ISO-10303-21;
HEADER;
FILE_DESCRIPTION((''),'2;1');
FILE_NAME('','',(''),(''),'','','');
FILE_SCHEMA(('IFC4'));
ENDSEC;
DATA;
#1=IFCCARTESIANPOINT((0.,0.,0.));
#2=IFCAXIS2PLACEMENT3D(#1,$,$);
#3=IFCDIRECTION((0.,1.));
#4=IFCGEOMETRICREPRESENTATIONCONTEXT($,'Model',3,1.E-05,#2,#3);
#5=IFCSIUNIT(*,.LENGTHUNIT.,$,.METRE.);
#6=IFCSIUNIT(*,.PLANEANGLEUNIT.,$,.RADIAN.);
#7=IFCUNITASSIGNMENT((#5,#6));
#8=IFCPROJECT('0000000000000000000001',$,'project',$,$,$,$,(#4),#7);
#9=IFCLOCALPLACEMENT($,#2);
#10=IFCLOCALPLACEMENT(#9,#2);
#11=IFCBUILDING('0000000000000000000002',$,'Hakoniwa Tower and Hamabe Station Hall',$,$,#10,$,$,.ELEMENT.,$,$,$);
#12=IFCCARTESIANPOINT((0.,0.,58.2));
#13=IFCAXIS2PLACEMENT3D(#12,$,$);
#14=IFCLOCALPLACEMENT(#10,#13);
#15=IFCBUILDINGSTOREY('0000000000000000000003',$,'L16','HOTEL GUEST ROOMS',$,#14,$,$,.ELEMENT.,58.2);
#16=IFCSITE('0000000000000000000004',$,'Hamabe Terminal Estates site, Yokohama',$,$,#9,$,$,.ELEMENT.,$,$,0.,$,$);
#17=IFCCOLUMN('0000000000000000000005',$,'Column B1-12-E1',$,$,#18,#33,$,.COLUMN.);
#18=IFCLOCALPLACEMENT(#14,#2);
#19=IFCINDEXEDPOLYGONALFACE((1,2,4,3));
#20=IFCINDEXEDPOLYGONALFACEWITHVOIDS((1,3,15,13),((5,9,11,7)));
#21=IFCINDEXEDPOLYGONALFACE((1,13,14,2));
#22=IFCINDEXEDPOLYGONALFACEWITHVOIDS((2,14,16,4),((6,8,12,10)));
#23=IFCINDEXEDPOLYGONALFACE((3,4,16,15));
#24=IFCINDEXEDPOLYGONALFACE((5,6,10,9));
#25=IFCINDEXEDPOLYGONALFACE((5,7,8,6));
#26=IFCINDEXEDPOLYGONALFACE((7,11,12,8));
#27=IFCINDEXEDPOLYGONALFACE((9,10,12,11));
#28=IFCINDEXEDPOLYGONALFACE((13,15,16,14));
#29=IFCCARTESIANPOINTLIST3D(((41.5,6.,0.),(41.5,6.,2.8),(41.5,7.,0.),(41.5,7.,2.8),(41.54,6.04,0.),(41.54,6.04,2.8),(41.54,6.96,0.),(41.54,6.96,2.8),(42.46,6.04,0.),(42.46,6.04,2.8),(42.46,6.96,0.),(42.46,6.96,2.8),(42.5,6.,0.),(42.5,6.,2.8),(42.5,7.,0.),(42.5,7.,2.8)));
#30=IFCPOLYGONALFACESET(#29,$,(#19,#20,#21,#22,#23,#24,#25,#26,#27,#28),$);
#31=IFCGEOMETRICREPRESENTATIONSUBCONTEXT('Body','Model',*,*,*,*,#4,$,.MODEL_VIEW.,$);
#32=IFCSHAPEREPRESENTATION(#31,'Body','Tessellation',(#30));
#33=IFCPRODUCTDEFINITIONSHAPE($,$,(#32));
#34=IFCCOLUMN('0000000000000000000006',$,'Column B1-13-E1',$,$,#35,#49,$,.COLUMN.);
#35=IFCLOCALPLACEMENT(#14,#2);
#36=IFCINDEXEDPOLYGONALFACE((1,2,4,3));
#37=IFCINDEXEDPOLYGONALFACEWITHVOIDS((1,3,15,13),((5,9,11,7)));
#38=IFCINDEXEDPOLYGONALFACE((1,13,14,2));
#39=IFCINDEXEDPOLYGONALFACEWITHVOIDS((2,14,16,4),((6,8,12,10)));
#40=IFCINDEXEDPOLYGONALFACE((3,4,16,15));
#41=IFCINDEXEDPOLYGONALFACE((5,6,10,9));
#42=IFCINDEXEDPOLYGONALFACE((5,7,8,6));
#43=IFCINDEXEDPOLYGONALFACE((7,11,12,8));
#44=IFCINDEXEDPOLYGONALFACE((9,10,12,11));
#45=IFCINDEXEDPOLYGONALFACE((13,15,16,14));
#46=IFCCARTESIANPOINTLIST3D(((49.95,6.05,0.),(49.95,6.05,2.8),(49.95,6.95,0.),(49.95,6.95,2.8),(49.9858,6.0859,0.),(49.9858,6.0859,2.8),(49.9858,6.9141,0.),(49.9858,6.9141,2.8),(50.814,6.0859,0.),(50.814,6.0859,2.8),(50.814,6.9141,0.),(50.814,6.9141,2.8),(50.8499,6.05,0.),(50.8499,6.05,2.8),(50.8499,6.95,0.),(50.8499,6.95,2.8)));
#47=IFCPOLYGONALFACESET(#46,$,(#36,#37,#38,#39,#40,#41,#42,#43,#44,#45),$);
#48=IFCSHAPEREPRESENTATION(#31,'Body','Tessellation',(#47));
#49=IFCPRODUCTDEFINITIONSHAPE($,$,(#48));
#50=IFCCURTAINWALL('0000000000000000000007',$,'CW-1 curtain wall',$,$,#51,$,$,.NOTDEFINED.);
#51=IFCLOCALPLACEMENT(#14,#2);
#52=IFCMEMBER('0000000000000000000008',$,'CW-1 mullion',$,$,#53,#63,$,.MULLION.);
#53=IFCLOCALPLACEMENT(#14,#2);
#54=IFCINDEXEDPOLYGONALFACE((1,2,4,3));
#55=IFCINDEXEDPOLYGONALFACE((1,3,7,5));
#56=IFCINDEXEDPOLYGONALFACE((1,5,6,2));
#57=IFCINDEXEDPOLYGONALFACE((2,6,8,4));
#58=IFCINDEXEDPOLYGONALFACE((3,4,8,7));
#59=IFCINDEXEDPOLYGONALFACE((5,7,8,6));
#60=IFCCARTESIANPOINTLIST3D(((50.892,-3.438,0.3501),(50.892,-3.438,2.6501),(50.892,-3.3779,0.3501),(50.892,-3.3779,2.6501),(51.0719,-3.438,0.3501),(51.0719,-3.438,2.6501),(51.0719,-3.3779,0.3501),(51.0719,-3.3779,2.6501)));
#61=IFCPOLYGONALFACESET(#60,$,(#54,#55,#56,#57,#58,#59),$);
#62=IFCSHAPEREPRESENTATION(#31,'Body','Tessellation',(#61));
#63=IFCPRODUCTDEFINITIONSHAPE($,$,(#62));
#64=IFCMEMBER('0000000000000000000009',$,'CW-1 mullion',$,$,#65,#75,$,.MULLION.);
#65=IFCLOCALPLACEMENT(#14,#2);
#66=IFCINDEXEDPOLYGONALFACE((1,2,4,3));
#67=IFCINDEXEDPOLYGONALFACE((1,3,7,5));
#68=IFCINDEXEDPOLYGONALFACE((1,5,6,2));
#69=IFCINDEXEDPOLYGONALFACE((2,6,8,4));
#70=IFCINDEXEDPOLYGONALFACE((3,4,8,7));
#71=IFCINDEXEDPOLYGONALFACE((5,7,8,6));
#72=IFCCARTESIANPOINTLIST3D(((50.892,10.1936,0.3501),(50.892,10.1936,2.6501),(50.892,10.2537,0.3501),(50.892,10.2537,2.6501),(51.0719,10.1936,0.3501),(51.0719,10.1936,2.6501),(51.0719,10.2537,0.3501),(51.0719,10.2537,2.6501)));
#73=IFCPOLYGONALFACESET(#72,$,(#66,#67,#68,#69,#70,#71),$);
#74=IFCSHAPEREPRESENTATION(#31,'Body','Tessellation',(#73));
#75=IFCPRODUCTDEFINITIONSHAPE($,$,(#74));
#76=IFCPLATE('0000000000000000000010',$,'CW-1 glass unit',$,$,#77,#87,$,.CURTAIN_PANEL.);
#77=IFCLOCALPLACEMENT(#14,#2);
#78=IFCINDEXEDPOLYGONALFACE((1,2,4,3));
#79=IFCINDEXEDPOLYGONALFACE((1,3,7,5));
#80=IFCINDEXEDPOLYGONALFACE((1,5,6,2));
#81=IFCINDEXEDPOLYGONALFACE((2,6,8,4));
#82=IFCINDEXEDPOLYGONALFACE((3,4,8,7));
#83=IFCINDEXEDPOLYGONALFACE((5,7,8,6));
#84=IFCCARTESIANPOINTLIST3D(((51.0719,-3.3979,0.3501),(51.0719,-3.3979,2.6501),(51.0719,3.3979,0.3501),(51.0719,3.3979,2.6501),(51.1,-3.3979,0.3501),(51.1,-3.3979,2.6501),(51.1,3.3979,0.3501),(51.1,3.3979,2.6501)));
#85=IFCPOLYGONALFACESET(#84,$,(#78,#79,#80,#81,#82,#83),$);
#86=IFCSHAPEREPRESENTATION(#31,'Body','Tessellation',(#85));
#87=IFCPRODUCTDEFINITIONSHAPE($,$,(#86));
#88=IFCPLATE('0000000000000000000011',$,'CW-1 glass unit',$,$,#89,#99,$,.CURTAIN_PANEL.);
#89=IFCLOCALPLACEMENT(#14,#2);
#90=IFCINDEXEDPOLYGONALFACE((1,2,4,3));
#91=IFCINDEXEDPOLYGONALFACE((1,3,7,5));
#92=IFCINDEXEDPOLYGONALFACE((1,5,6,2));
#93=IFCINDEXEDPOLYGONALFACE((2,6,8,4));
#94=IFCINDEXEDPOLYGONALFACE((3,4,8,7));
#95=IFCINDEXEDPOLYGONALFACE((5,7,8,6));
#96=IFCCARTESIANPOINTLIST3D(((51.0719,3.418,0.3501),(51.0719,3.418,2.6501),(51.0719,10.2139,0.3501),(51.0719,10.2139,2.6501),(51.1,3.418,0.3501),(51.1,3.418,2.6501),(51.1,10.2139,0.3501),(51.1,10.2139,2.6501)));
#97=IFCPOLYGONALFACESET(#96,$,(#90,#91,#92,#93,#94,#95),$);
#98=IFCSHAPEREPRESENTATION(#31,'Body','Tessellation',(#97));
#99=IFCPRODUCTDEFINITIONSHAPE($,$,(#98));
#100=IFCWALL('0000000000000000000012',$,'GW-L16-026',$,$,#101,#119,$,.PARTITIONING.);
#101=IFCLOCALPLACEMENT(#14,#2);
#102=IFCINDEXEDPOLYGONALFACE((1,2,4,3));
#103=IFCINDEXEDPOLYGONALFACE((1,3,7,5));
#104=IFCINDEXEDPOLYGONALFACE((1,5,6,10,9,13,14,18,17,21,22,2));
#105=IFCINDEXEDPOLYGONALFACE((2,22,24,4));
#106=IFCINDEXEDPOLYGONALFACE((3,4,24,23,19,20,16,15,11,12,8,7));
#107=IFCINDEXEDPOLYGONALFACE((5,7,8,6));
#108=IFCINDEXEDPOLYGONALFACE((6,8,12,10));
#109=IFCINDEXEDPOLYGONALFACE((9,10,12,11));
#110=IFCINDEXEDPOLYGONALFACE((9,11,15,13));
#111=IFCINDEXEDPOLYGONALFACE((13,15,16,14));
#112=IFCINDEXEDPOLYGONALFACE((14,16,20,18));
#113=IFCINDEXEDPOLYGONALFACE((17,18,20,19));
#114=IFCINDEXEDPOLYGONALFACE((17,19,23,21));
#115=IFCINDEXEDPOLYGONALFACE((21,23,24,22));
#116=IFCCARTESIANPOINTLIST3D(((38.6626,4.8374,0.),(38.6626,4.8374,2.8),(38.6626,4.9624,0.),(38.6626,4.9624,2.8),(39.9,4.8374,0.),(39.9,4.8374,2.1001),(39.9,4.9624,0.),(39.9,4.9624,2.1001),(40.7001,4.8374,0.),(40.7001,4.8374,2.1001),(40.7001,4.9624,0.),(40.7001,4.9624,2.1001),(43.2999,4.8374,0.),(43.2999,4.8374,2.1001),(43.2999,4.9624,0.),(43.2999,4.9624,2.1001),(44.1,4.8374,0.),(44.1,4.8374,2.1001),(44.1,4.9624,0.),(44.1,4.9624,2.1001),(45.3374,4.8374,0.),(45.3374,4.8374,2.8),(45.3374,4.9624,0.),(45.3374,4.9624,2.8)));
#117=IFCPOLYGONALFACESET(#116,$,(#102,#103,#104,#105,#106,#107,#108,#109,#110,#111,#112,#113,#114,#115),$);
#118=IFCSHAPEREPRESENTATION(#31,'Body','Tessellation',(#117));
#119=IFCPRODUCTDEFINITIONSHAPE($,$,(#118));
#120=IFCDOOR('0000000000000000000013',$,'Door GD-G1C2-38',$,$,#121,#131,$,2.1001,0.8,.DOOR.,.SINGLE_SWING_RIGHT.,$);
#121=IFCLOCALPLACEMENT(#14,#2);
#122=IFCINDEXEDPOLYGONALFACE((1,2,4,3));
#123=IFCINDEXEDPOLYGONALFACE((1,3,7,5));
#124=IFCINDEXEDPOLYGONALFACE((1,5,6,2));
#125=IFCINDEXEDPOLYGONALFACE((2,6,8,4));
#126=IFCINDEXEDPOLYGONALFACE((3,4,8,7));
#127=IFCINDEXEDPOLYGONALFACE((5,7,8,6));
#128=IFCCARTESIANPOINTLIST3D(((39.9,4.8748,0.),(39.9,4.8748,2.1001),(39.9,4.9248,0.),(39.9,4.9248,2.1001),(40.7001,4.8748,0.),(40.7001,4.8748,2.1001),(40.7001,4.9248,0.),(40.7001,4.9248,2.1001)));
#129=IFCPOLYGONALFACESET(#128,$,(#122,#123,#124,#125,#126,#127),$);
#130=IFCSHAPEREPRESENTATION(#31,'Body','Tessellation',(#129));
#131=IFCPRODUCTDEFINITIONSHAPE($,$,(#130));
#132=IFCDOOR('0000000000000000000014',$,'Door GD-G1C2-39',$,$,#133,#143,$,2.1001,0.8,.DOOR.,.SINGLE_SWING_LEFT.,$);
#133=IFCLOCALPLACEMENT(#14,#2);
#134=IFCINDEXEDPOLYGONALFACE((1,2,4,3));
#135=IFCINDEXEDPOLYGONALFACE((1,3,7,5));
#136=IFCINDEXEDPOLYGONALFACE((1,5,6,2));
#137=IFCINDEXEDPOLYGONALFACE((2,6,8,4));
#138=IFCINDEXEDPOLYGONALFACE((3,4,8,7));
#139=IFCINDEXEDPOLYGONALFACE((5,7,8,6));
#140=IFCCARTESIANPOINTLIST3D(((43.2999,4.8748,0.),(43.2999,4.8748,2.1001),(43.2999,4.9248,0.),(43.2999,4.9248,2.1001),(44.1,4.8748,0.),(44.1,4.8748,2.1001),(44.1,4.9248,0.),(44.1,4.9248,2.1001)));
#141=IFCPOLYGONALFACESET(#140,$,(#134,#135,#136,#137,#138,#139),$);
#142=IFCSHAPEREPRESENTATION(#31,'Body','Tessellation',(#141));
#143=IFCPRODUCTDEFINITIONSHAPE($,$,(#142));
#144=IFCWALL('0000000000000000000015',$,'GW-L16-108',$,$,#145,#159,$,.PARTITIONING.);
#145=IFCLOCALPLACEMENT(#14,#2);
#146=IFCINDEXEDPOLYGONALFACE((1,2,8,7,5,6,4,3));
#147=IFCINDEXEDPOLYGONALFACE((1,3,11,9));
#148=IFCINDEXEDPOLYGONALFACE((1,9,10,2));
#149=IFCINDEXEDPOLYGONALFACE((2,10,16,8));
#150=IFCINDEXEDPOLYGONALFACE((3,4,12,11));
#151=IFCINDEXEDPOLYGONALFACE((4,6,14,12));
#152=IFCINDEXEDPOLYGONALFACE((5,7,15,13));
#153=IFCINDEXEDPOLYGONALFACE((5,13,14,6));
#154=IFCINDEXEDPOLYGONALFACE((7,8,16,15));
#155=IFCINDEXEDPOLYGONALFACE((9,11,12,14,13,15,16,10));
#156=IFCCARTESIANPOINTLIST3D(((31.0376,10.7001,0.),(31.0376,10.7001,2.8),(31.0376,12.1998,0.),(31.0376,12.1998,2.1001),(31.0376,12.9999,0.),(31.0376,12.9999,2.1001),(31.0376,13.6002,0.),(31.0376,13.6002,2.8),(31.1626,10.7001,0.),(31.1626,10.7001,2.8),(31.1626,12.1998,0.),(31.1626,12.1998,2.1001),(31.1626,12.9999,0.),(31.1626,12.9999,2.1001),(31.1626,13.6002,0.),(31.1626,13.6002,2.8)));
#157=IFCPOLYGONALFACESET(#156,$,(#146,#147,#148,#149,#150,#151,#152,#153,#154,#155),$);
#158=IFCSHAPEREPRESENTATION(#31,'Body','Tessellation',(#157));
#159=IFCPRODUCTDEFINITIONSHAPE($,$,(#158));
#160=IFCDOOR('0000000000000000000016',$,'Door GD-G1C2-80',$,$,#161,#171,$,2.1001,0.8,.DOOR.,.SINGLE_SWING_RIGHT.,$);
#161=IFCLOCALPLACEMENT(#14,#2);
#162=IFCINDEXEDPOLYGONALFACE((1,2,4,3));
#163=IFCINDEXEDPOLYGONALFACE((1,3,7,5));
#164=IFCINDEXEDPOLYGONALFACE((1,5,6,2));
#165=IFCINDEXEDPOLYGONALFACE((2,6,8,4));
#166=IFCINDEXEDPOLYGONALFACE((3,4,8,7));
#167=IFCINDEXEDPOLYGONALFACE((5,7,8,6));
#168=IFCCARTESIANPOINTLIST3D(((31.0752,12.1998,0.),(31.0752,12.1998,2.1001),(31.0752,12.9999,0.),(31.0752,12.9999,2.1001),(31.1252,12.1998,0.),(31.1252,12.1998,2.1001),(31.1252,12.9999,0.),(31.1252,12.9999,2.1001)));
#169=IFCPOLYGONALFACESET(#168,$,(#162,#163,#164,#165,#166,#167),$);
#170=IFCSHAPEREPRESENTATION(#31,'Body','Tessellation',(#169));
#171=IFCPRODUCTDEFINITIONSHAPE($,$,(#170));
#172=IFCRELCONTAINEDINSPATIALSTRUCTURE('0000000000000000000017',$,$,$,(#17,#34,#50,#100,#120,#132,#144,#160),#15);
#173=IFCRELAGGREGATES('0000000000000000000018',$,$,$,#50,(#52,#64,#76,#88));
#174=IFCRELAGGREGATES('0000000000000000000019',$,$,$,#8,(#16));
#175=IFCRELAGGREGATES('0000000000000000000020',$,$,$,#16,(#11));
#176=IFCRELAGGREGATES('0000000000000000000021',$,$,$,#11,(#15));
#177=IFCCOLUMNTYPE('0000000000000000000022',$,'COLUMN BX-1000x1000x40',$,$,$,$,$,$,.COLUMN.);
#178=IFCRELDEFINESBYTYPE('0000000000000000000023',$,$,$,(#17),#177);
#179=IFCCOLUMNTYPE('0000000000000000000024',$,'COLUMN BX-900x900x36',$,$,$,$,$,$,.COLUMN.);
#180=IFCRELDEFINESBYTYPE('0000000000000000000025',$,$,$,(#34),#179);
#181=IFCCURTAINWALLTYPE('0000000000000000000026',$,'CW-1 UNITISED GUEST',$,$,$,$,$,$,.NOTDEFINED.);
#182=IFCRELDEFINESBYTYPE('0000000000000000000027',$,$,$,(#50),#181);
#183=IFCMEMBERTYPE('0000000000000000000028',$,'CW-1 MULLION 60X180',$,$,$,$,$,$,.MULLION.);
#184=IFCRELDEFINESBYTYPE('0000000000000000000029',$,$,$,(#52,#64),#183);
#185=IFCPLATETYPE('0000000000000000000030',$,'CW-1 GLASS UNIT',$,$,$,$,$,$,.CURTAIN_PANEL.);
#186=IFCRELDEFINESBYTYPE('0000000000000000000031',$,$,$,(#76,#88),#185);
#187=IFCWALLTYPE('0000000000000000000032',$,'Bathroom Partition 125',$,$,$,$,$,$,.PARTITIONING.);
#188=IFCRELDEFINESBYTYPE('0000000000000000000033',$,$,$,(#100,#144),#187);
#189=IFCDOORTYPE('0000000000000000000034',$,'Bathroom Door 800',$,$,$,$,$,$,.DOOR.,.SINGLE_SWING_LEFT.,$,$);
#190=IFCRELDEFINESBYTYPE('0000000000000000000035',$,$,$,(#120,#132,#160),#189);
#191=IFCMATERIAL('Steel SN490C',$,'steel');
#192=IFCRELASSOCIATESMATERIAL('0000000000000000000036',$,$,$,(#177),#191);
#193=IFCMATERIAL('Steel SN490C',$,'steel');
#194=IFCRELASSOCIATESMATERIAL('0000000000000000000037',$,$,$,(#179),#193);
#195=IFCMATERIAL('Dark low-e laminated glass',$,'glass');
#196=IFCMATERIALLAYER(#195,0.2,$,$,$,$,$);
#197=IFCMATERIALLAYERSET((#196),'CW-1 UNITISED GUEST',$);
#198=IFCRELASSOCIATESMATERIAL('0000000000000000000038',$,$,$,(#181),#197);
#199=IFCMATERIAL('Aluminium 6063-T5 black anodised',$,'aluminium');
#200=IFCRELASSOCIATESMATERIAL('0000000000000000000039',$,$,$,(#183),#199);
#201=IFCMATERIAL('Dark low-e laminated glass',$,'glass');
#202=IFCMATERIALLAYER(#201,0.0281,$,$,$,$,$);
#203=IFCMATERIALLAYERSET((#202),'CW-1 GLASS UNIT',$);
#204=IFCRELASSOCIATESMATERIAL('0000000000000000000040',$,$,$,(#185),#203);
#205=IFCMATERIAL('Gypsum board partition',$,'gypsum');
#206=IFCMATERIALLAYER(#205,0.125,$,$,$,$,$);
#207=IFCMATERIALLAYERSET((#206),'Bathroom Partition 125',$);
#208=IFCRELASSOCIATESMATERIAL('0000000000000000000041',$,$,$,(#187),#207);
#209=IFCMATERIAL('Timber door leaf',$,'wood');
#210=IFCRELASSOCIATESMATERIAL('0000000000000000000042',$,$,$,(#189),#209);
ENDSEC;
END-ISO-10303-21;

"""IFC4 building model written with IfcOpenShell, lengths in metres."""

from ifc_helpers import new_model, si_unit, direction, frame, frame_2d, origin, origin_2d, place, context, subcontext, project, spatial, rectangle, hollow_rectangle, extrude, material, layer, layer_set, material_profile, profile_set, type_object, element, fill, aggregate, save


model = new_model("IFC4")

# Units and contexts
model_context = context("Model", 3, precision=1e-05, world=origin(), true_north=direction((0.0, 1.0)))
body_context = subcontext(model_context, "Body", "Model", "MODEL_VIEW")
ifc_project = project(units=[si_unit("LENGTHUNIT", "METRE"), si_unit("PLANEANGLEUNIT", "RADIAN")], contexts=[model_context])

# Site, building, storey
site_placement = place(None, origin())
site = spatial("IfcSite", under=ifc_project, at=site_placement, Name="Hamabe Terminal Estates site, Yokohama", CompositionType="ELEMENT", RefElevation=0.0)
building_placement = place(site_placement, origin())
building = spatial("IfcBuilding", under=site, at=building_placement, Name="Hakoniwa Tower and Hamabe Station Hall", CompositionType="ELEMENT")
storey_placement = place(building_placement, frame((0.0, 0.0, 58.2)))
storey = spatial("IfcBuildingStorey", under=building, at=storey_placement, Name="L16", Description="HOTEL GUEST ROOMS", CompositionType="ELEMENT", Elevation=58.2)

# Columns
ifc_material_1 = material(Name="Steel SN490C", Category="steel")
ifc_material_profile_1 = material_profile(ifc_material_1, hollow_rectangle(XDim=1.0, YDim=1.0, WallThickness=0.04, at=origin_2d()), Name="BX-1000x1000x40")
ifc_profile_set_1 = profile_set([ifc_material_profile_1], Name="Steel SN490C")
column_type_1 = type_object("IfcColumnType", Name="COLUMN BX-1000x1000x40", PredefinedType="COLUMN", material=ifc_profile_set_1)
column_1_placement = place(storey_placement, frame((42.0, 6.5, 0.0), z_axis=(0.0, 0.0, 1.0), x_axis=(1.0, 0.0, 0.0)))
element("IfcColumn", 1, at=column_1_placement, inside=storey, type_object=column_type_1, Name="Column B1-12-E1", PredefinedType="COLUMN", context=body_context, shape_type="SweptSolid", body=[
    extrude(hollow_rectangle(XDim=1.0, YDim=1.0, WallThickness=0.04, at=origin_2d()), origin(), (0.0, 0.0, 1.0), 2.8),
])
ifc_material_2 = material(Name="Steel SN490C", Category="steel")
ifc_material_profile_2 = material_profile(ifc_material_2, hollow_rectangle(XDim=0.8999, YDim=0.8999, WallThickness=0.0359, at=origin_2d()), Name="BX-900x900x36")
ifc_profile_set_2 = profile_set([ifc_material_profile_2], Name="Steel SN490C")
column_type_2 = type_object("IfcColumnType", Name="COLUMN BX-900x900x36", PredefinedType="COLUMN", material=ifc_profile_set_2)
column_2_placement = place(storey_placement, frame((50.3999, 6.5, 0.0), z_axis=(0.0, 0.0, 1.0), x_axis=(1.0, 0.0, 0.0)))
element("IfcColumn", 2, at=column_2_placement, inside=storey, type_object=column_type_2, Name="Column B1-13-E1", PredefinedType="COLUMN", context=body_context, shape_type="SweptSolid", body=[
    extrude(hollow_rectangle(XDim=0.8999, YDim=0.8999, WallThickness=0.0359, at=origin_2d()), origin(), (0.0, 0.0, 1.0), 2.8),
])

# Curtain wall, members, plates
ifc_material_3 = material(Name="Dark low-e laminated glass", Category="glass")
ifc_layer_1 = layer(ifc_material_3, 0.2)
ifc_layer_set_1 = layer_set([ifc_layer_1], Name="CW-1 UNITISED GUEST")
curtain_wall_type = type_object("IfcCurtainWallType", Name="CW-1 UNITISED GUEST", PredefinedType="NOTDEFINED", material=ifc_layer_set_1)
curtain_wall_placement = place(storey_placement, origin())
curtain_wall = element("IfcCurtainWall", 3, at=curtain_wall_placement, inside=storey, type_object=curtain_wall_type, Name="CW-1 curtain wall", PredefinedType="NOTDEFINED")
ifc_material_4 = material(Name="Aluminium 6063-T5 black anodised", Category="aluminium")
ifc_material_profile_3 = material_profile(ifc_material_4, rectangle(XDim=0.0601, YDim=0.1799, at=origin_2d()), Name="CW-1 MULLION 60X180")
ifc_profile_set_3 = profile_set([ifc_material_profile_3], Name="Aluminium 6063-T5 black anodised")
member_type = type_object("IfcMemberType", Name="CW-1 MULLION 60X180", PredefinedType="MULLION", material=ifc_profile_set_3)
member_1_placement = place(storey_placement, frame((50.9819, -3.408, 0.3501), z_axis=(0.0, 0.0, 1.0), x_axis=(0.0, 1.0, 0.0)))
member_1 = element("IfcMember", 4, at=member_1_placement, type_object=member_type, Name="CW-1 mullion", PredefinedType="MULLION", context=body_context, shape_type="SweptSolid", body=[
    extrude(rectangle(XDim=0.0601, YDim=0.1799, at=origin_2d()), origin(), (0.0, 0.0, 1.0), 2.3),
])
member_2_placement = place(storey_placement, frame((50.9819, 10.2236, 0.3501), z_axis=(0.0, 0.0, 1.0), x_axis=(0.0, 1.0, 0.0)))
member_2 = element("IfcMember", 5, at=member_2_placement, type_object=member_type, Name="CW-1 mullion", PredefinedType="MULLION", context=body_context, shape_type="SweptSolid", body=[
    extrude(rectangle(XDim=0.0601, YDim=0.1799, at=origin_2d()), origin(), (0.0, 0.0, 1.0), 2.3),
])
ifc_material_5 = material(Name="Dark low-e laminated glass", Category="glass")
ifc_layer_2 = layer(ifc_material_5, 0.0281)
ifc_layer_set_2 = layer_set([ifc_layer_2], Name="CW-1 GLASS UNIT")
plate_type = type_object("IfcPlateType", Name="CW-1 GLASS UNIT", PredefinedType="CURTAIN_PANEL", material=ifc_layer_set_2)
plate_1_placement = place(storey_placement, frame((51.0859, 0.0, 0.3501), z_axis=(0.0, 0.0, 1.0), x_axis=(0.0, 1.0, 0.0)))
plate_1 = element("IfcPlate", 6, at=plate_1_placement, type_object=plate_type, Name="CW-1 glass unit", PredefinedType="CURTAIN_PANEL", context=body_context, shape_type="SweptSolid", body=[
    extrude(rectangle(XDim=6.7959, YDim=0.0281, at=origin_2d()), origin(), (0.0, 0.0, 1.0), 2.3),
])
plate_2_placement = place(storey_placement, frame((51.0859, 6.8159, 0.3501), z_axis=(0.0, 0.0, 1.0), x_axis=(0.0, 1.0, 0.0)))
plate_2 = element("IfcPlate", 7, at=plate_2_placement, type_object=plate_type, Name="CW-1 glass unit", PredefinedType="CURTAIN_PANEL", context=body_context, shape_type="SweptSolid", body=[
    extrude(rectangle(XDim=6.7959, YDim=0.0281, at=origin_2d()), origin(), (0.0, 0.0, 1.0), 2.3),
])
aggregate(curtain_wall, [member_1, member_2, plate_1, plate_2])

# Wall, openings, doors
ifc_material_6 = material(Name="Gypsum board partition", Category="gypsum")
ifc_layer_3 = layer(ifc_material_6, 0.125)
ifc_layer_set_3 = layer_set([ifc_layer_3], Name="Bathroom Partition 125")
wall_type_1 = type_object("IfcWallType", Name="Bathroom Partition 125", PredefinedType="PARTITIONING", material=ifc_layer_set_3)
wall_1_placement = place(storey_placement, frame((38.6626, 4.8999, 0.0), z_axis=(0.0, 0.0, 1.0), x_axis=(1.0, 0.0, 0.0)))
wall_1 = element("IfcWall", 8, at=wall_1_placement, inside=storey, type_object=wall_type_1, Name="GW-L16-026", PredefinedType="PARTITIONING", context=body_context, shape_type="SweptSolid", body=[
    extrude(rectangle(XDim=6.6748, YDim=0.125, at=frame_2d((3.3374, 0.0))), origin(), (0.0, 0.0, 1.0), 2.8),
])
opening_1_placement = place(wall_1_placement, frame((1.2375, 0.0, 0.0)))
opening_1 = element("IfcOpeningElement", 9, at=opening_1_placement, cuts=wall_1, PredefinedType="OPENING", context=body_context, shape_type="SweptSolid", body=[
    extrude(rectangle(XDim=0.8, YDim=2.1001, at=frame_2d((0.3999, 1.05))), frame((0.0, 0.0725, 0.0), z_axis=(0.0, -1.0, 0.0), x_axis=(1.0, 0.0, 0.0)), (0.0, 0.0, 1.0), 0.145),
])
opening_2_placement = place(wall_1_placement, frame((4.6375, 0.0, 0.0)))
opening_2 = element("IfcOpeningElement", 10, at=opening_2_placement, cuts=wall_1, PredefinedType="OPENING", context=body_context, shape_type="SweptSolid", body=[
    extrude(rectangle(XDim=0.8, YDim=2.1001, at=frame_2d((0.3999, 1.05))), frame((0.0, 0.0725, 0.0), z_axis=(0.0, -1.0, 0.0), x_axis=(1.0, 0.0, 0.0)), (0.0, 0.0, 1.0), 0.145),
])
ifc_material_7 = material(Name="Timber door leaf", Category="wood")
door_type_1 = type_object("IfcDoorType", Name="Bathroom Door 800", OperationType="SINGLE_SWING_LEFT", PredefinedType="DOOR", material=ifc_material_7)
door_1_placement = place(opening_1_placement, origin())
door_1 = element("IfcDoor", 11, at=door_1_placement, inside=storey, type_object=door_type_1, Name="Door GD-G1C2-38", OperationType="SINGLE_SWING_RIGHT", OverallHeight=2.1001, OverallWidth=0.8, PredefinedType="DOOR", context=body_context, shape_type="SweptSolid", body=[
    extrude(rectangle(XDim=0.8, YDim=2.1001, at=frame_2d((0.3999, 1.05))), frame((0.0, 0.0249, 0.0), z_axis=(0.0, -1.0, 0.0), x_axis=(1.0, 0.0, 0.0)), (0.0, 0.0, 1.0), 0.05),
])
fill(opening_1, door_1)
door_2_placement = place(opening_2_placement, origin())
door_2 = element("IfcDoor", 12, at=door_2_placement, inside=storey, type_object=door_type_1, Name="Door GD-G1C2-39", OperationType="SINGLE_SWING_LEFT", OverallHeight=2.1001, OverallWidth=0.8, PredefinedType="DOOR", context=body_context, shape_type="SweptSolid", body=[
    extrude(rectangle(XDim=0.8, YDim=2.1001, at=frame_2d((0.3999, 1.05))), frame((0.0, 0.0249, 0.0), z_axis=(0.0, -1.0, 0.0), x_axis=(1.0, 0.0, 0.0)), (0.0, 0.0, 1.0), 0.05),
])
fill(opening_2, door_2)

# Wall, opening, door
wall_2_placement = place(storey_placement, frame((31.1001, 10.7, 0.0), z_axis=(0.0, 0.0, 1.0), x_axis=(0.0, 1.0, 0.0)))
wall_2 = element("IfcWall", 13, at=wall_2_placement, inside=storey, type_object=wall_type_1, Name="GW-L16-108", PredefinedType="PARTITIONING", context=body_context, shape_type="SweptSolid", body=[
    extrude(rectangle(XDim=2.9001, YDim=0.125, at=frame_2d((1.4502, 0.0))), origin(), (0.0, 0.0, 1.0), 2.8),
])
opening_3_placement = place(wall_2_placement, frame((1.5, 0.0, 0.0)))
opening_3 = element("IfcOpeningElement", 14, at=opening_3_placement, cuts=wall_2, PredefinedType="OPENING", context=body_context, shape_type="SweptSolid", body=[
    extrude(rectangle(XDim=0.8, YDim=2.1001, at=frame_2d((0.3999, 1.05))), frame((0.0, 0.0725, 0.0), z_axis=(0.0, -1.0, 0.0), x_axis=(1.0, 0.0, 0.0)), (0.0, 0.0, 1.0), 0.145),
])
door_3_placement = place(opening_3_placement, origin())
door_3 = element("IfcDoor", 15, at=door_3_placement, inside=storey, type_object=door_type_1, Name="Door GD-G1C2-80", OperationType="SINGLE_SWING_RIGHT", OverallHeight=2.1001, OverallWidth=0.8, PredefinedType="DOOR", context=body_context, shape_type="SweptSolid", body=[
    extrude(rectangle(XDim=0.8, YDim=2.1001, at=frame_2d((0.3999, 1.05))), frame((0.0, 0.0249, 0.0), z_axis=(0.0, -1.0, 0.0), x_axis=(1.0, 0.0, 0.0)), (0.0, 0.0, 1.0), 0.05),
])
fill(opening_3, door_3)

save(model, "model.ifc")
